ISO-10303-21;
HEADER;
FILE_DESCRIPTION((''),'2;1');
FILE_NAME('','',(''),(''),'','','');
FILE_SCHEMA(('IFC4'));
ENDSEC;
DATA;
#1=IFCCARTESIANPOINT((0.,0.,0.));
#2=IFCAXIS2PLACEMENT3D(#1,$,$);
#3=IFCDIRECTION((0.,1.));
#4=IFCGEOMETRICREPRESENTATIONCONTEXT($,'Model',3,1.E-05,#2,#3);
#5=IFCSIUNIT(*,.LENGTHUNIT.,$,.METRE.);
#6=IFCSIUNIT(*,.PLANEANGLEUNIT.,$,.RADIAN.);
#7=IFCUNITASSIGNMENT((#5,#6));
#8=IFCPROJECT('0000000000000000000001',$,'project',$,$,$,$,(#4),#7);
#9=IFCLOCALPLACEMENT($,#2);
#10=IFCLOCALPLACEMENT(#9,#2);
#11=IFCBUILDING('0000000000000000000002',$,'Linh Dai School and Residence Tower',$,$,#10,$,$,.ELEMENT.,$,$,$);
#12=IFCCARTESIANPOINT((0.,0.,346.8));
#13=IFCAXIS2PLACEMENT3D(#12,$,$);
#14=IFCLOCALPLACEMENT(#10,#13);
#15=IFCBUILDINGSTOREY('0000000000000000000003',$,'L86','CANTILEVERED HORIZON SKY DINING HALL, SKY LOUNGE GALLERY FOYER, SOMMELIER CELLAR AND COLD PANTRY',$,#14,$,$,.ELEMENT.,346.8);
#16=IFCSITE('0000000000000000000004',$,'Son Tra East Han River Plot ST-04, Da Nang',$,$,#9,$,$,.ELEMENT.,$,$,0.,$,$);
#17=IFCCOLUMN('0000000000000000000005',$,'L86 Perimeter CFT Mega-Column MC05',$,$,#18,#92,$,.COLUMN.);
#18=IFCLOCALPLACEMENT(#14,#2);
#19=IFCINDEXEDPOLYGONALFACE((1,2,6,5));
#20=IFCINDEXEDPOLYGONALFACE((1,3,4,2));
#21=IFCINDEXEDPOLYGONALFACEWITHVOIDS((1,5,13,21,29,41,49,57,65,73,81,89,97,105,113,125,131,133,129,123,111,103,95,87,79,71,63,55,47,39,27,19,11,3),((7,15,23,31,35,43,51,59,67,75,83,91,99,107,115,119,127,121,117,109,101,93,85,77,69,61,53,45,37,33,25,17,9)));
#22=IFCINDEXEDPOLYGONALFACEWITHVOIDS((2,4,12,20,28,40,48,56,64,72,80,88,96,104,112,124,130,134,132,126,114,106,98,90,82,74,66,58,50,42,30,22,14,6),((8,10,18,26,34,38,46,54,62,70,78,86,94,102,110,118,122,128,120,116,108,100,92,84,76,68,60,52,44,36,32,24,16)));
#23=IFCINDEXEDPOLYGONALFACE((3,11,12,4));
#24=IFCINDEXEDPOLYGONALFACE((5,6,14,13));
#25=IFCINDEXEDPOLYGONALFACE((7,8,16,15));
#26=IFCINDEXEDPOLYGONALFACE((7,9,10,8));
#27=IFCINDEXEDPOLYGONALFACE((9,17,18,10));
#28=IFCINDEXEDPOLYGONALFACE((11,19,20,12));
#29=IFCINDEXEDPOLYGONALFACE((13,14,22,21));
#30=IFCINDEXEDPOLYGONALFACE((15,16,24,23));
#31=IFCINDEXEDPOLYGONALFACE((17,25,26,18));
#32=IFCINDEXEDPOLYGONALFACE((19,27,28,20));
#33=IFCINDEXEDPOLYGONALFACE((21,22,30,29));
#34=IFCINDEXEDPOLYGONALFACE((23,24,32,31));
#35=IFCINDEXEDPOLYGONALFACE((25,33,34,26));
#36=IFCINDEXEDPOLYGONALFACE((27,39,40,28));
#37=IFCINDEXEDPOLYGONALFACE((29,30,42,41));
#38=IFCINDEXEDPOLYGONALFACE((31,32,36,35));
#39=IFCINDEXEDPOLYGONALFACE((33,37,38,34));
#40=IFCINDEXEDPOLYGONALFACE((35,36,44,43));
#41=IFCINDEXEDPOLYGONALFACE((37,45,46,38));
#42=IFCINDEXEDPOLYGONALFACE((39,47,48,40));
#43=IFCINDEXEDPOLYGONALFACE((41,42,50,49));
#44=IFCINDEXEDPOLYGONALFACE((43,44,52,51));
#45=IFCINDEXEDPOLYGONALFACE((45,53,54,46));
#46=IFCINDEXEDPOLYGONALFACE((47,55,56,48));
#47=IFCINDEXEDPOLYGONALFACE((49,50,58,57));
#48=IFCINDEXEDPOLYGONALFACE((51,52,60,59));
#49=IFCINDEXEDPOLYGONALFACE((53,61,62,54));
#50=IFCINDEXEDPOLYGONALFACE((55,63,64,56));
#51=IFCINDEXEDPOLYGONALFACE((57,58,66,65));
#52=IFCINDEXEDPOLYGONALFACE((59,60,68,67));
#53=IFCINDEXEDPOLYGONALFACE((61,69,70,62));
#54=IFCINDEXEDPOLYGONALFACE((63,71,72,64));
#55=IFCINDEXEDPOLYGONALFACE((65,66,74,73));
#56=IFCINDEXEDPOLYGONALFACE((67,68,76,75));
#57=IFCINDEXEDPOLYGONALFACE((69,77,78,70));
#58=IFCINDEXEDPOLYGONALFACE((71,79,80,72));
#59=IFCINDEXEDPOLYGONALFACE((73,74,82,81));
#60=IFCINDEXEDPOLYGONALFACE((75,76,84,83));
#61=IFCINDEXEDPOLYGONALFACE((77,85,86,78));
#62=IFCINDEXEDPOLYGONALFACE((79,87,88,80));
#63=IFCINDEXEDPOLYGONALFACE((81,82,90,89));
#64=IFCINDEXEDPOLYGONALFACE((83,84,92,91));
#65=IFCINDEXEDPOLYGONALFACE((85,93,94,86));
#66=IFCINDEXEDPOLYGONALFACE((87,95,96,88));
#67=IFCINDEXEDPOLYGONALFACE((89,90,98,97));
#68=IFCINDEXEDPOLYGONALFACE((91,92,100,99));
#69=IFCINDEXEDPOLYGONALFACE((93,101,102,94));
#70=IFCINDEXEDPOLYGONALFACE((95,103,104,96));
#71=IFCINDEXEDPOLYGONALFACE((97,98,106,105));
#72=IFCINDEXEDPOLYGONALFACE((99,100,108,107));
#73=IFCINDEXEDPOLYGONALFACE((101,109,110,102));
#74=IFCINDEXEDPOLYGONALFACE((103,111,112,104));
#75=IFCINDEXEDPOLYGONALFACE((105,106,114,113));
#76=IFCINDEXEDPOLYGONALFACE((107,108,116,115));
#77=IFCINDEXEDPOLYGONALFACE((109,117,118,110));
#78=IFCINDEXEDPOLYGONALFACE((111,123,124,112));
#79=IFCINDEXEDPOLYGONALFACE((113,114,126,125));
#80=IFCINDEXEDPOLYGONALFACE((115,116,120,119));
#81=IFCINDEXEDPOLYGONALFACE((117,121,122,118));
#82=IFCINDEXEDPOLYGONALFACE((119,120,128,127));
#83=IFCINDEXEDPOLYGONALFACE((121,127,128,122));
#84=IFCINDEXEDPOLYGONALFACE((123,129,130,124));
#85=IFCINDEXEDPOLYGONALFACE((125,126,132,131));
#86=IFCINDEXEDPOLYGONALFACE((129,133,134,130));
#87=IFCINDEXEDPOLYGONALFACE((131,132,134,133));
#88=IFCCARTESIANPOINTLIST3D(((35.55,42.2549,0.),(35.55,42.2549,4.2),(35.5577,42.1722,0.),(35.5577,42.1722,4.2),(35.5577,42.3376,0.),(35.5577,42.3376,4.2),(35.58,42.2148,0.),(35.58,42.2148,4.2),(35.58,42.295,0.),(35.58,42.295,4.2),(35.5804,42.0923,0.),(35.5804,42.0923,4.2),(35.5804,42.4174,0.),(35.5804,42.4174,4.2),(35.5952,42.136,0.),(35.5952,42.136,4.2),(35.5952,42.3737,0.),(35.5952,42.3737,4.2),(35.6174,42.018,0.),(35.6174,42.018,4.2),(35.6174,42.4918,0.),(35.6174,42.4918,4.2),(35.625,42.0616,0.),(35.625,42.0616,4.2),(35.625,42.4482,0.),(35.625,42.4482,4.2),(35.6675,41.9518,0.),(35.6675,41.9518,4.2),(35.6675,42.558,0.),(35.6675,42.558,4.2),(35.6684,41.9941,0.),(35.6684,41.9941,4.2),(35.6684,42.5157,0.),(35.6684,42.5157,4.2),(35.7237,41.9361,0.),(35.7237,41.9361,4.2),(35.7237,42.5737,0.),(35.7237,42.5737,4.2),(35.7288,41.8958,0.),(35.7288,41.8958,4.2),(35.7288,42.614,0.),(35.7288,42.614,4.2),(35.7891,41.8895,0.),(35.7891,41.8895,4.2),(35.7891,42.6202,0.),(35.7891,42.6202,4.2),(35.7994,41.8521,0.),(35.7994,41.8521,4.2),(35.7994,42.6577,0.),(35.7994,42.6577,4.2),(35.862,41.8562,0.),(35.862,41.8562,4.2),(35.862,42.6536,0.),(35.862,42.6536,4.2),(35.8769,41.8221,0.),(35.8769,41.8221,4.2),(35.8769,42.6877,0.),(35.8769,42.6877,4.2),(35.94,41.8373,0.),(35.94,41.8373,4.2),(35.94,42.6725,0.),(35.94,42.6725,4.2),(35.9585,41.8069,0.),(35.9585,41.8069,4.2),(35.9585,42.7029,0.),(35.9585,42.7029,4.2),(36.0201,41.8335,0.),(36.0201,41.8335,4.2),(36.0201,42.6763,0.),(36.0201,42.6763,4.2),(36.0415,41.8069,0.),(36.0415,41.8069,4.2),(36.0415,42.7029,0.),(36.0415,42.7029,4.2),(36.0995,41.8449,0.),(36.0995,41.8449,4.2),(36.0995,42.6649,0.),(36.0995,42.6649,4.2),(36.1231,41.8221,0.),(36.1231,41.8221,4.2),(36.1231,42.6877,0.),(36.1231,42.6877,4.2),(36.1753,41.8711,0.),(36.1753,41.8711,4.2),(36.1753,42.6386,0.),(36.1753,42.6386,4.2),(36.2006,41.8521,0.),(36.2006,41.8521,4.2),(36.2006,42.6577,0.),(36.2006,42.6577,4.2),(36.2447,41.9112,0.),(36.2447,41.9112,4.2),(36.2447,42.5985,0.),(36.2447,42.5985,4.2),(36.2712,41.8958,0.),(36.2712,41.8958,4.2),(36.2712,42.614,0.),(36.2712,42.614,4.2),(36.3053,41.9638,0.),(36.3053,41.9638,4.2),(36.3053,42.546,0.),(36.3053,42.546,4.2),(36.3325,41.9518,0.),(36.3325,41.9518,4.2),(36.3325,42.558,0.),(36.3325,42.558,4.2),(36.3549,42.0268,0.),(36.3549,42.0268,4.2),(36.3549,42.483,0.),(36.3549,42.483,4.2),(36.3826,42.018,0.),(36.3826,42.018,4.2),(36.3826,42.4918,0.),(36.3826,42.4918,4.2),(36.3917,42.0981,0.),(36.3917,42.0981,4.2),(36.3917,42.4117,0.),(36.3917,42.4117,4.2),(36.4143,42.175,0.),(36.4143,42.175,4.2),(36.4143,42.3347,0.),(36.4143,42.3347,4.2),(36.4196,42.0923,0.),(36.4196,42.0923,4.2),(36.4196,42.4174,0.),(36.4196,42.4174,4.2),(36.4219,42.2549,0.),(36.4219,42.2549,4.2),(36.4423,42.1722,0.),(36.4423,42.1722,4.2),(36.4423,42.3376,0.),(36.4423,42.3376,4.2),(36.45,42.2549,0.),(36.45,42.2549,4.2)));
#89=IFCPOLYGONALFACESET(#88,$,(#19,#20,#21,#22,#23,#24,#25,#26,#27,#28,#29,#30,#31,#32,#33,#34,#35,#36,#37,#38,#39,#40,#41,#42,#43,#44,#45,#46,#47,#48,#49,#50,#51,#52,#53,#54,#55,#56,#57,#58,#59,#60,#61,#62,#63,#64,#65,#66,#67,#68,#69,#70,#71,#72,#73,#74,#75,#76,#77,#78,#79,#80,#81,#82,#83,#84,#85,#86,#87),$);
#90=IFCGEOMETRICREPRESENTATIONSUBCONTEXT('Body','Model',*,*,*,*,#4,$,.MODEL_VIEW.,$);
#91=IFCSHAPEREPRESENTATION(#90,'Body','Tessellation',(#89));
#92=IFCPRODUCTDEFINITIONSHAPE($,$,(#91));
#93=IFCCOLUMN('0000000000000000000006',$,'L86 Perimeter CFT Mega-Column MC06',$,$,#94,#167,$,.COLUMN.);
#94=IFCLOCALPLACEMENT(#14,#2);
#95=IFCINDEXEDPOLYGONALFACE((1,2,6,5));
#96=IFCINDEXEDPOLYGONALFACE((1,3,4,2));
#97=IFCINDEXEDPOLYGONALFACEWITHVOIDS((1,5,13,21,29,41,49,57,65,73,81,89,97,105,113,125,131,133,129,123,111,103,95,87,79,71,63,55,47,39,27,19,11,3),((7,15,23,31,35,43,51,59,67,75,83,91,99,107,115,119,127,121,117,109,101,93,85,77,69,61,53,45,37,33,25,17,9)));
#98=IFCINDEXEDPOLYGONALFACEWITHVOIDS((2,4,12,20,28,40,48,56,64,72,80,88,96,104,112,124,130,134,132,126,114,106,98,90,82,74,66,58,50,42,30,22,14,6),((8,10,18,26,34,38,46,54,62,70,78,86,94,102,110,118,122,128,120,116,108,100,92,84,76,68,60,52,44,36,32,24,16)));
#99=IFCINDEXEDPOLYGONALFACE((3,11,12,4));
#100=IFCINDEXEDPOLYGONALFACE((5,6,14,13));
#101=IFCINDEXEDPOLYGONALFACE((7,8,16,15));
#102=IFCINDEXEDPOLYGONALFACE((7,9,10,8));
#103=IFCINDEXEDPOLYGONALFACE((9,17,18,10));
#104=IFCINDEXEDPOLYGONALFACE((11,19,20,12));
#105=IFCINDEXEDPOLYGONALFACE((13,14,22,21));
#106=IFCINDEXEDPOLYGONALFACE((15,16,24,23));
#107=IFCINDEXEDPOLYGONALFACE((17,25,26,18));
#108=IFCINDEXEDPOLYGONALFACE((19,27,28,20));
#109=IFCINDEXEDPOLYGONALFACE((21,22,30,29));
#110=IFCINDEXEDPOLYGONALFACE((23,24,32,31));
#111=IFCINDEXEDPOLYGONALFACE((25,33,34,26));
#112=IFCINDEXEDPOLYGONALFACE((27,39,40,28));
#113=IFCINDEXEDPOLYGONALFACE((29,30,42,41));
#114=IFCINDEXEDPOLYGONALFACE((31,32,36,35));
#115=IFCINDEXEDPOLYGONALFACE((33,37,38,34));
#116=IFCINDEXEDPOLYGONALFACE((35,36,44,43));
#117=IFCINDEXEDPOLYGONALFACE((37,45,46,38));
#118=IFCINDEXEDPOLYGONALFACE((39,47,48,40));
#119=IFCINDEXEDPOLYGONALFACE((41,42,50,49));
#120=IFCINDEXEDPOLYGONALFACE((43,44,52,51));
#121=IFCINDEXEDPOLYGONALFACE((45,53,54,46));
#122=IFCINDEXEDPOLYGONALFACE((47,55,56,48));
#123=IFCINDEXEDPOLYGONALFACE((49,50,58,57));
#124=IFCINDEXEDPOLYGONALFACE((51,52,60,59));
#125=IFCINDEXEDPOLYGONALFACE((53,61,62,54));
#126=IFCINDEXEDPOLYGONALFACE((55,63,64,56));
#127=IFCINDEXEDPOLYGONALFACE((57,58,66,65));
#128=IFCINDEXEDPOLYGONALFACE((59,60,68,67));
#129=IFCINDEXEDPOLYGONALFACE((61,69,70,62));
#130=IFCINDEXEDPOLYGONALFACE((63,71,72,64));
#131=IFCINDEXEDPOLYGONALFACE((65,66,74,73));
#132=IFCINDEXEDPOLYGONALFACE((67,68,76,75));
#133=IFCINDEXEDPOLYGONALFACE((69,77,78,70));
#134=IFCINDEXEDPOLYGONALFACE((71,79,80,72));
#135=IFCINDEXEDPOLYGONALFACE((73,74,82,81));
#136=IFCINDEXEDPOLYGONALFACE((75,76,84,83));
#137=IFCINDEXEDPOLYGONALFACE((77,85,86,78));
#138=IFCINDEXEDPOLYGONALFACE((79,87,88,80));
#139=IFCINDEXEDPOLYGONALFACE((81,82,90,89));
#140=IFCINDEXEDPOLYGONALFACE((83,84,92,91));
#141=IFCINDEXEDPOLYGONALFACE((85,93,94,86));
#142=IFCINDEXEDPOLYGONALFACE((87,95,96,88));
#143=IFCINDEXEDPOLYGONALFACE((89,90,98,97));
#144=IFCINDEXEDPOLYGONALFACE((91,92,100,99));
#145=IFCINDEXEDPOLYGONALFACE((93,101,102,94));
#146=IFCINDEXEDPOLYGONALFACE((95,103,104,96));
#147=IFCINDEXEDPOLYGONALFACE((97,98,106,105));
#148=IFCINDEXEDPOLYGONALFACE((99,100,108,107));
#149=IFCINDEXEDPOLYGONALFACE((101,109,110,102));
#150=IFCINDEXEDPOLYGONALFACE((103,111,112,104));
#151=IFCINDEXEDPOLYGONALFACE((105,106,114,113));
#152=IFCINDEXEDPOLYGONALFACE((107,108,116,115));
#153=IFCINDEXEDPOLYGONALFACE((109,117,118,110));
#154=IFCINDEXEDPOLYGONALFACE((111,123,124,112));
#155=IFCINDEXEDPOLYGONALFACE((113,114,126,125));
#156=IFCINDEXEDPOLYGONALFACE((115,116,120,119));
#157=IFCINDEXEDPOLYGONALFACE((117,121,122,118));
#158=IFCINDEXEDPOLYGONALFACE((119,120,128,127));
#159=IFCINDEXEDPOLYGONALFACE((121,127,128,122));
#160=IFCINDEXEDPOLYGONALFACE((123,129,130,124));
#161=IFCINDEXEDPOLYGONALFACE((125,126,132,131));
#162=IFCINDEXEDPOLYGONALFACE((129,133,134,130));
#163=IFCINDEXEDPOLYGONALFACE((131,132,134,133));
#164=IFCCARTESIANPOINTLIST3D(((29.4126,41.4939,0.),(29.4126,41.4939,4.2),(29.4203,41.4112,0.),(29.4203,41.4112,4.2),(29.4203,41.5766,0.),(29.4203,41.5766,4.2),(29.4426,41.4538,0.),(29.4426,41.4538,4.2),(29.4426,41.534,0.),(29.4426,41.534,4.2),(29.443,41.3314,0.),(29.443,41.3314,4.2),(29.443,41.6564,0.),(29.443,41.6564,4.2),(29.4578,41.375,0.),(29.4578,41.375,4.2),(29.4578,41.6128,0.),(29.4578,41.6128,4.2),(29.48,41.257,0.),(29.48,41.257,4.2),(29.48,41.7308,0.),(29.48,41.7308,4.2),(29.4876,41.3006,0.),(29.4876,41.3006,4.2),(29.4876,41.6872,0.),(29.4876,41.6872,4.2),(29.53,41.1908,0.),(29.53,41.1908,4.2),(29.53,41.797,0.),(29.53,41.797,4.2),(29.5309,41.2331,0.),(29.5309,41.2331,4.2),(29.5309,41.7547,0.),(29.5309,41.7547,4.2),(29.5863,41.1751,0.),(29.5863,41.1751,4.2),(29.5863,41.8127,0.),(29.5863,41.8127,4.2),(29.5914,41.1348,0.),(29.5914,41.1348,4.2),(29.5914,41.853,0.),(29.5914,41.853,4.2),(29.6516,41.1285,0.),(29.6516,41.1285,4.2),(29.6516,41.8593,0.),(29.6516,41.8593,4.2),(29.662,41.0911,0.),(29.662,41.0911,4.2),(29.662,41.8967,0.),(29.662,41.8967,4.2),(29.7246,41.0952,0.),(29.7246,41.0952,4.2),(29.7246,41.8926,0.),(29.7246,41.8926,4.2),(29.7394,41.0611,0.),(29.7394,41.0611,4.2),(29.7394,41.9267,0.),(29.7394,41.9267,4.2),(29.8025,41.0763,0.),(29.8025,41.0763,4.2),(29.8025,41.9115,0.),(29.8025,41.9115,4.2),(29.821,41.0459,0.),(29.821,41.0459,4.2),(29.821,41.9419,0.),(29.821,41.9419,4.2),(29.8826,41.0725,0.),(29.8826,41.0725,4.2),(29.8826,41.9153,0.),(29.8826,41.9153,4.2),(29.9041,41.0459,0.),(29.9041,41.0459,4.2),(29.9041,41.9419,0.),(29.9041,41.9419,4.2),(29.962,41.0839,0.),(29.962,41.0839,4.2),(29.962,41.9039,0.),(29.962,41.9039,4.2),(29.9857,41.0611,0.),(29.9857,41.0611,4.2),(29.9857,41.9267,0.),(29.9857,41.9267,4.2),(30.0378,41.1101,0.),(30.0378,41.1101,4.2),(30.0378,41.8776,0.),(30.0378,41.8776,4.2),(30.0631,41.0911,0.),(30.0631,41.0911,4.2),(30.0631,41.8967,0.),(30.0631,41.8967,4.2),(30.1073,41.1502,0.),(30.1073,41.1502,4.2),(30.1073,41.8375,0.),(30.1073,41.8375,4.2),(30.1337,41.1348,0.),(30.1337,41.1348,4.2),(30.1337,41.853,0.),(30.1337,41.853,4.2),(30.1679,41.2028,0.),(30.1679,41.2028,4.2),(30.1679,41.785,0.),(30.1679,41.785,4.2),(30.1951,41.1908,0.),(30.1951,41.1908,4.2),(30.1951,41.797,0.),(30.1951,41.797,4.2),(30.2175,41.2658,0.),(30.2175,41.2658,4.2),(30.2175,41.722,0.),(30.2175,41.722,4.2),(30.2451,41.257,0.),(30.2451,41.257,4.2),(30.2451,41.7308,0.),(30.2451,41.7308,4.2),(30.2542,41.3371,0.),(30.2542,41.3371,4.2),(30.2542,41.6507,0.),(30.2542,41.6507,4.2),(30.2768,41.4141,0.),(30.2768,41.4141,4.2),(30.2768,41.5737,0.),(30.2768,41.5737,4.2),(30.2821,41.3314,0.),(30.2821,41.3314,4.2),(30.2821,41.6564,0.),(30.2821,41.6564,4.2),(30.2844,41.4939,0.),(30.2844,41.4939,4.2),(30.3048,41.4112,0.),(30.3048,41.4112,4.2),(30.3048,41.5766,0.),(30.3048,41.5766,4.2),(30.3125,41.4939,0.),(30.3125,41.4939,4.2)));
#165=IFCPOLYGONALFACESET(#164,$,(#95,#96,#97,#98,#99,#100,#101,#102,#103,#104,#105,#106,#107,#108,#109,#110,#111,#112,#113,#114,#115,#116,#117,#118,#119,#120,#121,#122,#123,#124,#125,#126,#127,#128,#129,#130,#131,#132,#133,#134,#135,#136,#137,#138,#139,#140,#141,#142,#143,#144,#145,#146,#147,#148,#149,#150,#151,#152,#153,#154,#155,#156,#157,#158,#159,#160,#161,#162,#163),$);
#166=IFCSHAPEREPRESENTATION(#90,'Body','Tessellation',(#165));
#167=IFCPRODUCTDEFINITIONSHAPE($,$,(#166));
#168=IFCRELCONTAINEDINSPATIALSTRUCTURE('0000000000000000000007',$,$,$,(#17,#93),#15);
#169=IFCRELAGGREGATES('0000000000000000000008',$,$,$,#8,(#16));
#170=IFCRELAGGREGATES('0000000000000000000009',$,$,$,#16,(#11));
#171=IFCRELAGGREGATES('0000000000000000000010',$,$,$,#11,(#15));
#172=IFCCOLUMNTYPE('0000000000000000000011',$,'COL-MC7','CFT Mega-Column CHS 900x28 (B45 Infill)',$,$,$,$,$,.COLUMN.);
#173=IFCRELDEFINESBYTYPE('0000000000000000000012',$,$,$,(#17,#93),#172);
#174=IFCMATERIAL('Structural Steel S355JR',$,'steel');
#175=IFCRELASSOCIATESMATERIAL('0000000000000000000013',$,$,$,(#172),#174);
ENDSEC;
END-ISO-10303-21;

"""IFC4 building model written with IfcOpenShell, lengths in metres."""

from ifc_helpers import new_model, si_unit, direction, frame, origin, origin_2d, place, context, subcontext, project, spatial, hollow_circle, extrude, material, material_profile, profile_set, type_object, element, save


model = new_model("IFC4")

# Units and contexts
model_context = context("Model", 3, precision=1e-05, world=origin(), true_north=direction((0.0, 1.0)))
body_context = subcontext(model_context, "Body", "Model", "MODEL_VIEW")
ifc_project = project(units=[si_unit("LENGTHUNIT", "METRE"), si_unit("PLANEANGLEUNIT", "RADIAN")], contexts=[model_context])

# Site, building, storey
site_placement = place(None, origin())
site = spatial("IfcSite", under=ifc_project, at=site_placement, Name="Son Tra East Han River Plot ST-04, Da Nang", CompositionType="ELEMENT", RefElevation=0.0)
building_placement = place(site_placement, origin())
building = spatial("IfcBuilding", under=site, at=building_placement, Name="Linh Dai School and Residence Tower", CompositionType="ELEMENT")
storey_placement = place(building_placement, frame((0.0, 0.0, 346.8)))
storey = spatial("IfcBuildingStorey", under=building, at=storey_placement, Name="L86", Description="CANTILEVERED HORIZON SKY DINING HALL, SKY LOUNGE GALLERY FOYER, SOMMELIER CELLAR AND COLD PANTRY", CompositionType="ELEMENT", Elevation=346.8)

# Columns
ifc_material_1 = material(Name="Structural Steel S355JR", Category="steel")
ifc_material_profile_1 = material_profile(ifc_material_1, hollow_circle(Radius=0.45, WallThickness=0.0281, at=origin_2d()), Name="CHS 900x28")
ifc_profile_set_1 = profile_set([ifc_material_profile_1], Name="Structural Steel S355JR")
column_type_1 = type_object("IfcColumnType", Name="COL-MC7", Description="CFT Mega-Column CHS 900x28 (B45 Infill)", PredefinedType="COLUMN", material=ifc_profile_set_1)
for number, where, z_axis, x_axis, name in (
    (1, (36.0, 42.2549, 0.0), (0.0, 0.0, 1.0), (1.0, 0.0, 0.0), "L86 Perimeter CFT Mega-Column MC05"),
    (2, (29.8625, 41.4939, 0.0), (0.0, 0.0, 1.0), (1.0, 0.0, 0.0), "L86 Perimeter CFT Mega-Column MC06"),
):
    element("IfcColumn", number, at=place(storey_placement, frame(where, z_axis=z_axis, x_axis=x_axis)), inside=storey, type_object=column_type_1, Name=name, PredefinedType="COLUMN", context=body_context, shape_type="SweptSolid", body=[
        extrude(hollow_circle(Radius=0.45, WallThickness=0.0281, at=origin_2d()), origin(), (0.0, 0.0, 1.0), 4.2),
    ])

save(model, "model.ifc")
